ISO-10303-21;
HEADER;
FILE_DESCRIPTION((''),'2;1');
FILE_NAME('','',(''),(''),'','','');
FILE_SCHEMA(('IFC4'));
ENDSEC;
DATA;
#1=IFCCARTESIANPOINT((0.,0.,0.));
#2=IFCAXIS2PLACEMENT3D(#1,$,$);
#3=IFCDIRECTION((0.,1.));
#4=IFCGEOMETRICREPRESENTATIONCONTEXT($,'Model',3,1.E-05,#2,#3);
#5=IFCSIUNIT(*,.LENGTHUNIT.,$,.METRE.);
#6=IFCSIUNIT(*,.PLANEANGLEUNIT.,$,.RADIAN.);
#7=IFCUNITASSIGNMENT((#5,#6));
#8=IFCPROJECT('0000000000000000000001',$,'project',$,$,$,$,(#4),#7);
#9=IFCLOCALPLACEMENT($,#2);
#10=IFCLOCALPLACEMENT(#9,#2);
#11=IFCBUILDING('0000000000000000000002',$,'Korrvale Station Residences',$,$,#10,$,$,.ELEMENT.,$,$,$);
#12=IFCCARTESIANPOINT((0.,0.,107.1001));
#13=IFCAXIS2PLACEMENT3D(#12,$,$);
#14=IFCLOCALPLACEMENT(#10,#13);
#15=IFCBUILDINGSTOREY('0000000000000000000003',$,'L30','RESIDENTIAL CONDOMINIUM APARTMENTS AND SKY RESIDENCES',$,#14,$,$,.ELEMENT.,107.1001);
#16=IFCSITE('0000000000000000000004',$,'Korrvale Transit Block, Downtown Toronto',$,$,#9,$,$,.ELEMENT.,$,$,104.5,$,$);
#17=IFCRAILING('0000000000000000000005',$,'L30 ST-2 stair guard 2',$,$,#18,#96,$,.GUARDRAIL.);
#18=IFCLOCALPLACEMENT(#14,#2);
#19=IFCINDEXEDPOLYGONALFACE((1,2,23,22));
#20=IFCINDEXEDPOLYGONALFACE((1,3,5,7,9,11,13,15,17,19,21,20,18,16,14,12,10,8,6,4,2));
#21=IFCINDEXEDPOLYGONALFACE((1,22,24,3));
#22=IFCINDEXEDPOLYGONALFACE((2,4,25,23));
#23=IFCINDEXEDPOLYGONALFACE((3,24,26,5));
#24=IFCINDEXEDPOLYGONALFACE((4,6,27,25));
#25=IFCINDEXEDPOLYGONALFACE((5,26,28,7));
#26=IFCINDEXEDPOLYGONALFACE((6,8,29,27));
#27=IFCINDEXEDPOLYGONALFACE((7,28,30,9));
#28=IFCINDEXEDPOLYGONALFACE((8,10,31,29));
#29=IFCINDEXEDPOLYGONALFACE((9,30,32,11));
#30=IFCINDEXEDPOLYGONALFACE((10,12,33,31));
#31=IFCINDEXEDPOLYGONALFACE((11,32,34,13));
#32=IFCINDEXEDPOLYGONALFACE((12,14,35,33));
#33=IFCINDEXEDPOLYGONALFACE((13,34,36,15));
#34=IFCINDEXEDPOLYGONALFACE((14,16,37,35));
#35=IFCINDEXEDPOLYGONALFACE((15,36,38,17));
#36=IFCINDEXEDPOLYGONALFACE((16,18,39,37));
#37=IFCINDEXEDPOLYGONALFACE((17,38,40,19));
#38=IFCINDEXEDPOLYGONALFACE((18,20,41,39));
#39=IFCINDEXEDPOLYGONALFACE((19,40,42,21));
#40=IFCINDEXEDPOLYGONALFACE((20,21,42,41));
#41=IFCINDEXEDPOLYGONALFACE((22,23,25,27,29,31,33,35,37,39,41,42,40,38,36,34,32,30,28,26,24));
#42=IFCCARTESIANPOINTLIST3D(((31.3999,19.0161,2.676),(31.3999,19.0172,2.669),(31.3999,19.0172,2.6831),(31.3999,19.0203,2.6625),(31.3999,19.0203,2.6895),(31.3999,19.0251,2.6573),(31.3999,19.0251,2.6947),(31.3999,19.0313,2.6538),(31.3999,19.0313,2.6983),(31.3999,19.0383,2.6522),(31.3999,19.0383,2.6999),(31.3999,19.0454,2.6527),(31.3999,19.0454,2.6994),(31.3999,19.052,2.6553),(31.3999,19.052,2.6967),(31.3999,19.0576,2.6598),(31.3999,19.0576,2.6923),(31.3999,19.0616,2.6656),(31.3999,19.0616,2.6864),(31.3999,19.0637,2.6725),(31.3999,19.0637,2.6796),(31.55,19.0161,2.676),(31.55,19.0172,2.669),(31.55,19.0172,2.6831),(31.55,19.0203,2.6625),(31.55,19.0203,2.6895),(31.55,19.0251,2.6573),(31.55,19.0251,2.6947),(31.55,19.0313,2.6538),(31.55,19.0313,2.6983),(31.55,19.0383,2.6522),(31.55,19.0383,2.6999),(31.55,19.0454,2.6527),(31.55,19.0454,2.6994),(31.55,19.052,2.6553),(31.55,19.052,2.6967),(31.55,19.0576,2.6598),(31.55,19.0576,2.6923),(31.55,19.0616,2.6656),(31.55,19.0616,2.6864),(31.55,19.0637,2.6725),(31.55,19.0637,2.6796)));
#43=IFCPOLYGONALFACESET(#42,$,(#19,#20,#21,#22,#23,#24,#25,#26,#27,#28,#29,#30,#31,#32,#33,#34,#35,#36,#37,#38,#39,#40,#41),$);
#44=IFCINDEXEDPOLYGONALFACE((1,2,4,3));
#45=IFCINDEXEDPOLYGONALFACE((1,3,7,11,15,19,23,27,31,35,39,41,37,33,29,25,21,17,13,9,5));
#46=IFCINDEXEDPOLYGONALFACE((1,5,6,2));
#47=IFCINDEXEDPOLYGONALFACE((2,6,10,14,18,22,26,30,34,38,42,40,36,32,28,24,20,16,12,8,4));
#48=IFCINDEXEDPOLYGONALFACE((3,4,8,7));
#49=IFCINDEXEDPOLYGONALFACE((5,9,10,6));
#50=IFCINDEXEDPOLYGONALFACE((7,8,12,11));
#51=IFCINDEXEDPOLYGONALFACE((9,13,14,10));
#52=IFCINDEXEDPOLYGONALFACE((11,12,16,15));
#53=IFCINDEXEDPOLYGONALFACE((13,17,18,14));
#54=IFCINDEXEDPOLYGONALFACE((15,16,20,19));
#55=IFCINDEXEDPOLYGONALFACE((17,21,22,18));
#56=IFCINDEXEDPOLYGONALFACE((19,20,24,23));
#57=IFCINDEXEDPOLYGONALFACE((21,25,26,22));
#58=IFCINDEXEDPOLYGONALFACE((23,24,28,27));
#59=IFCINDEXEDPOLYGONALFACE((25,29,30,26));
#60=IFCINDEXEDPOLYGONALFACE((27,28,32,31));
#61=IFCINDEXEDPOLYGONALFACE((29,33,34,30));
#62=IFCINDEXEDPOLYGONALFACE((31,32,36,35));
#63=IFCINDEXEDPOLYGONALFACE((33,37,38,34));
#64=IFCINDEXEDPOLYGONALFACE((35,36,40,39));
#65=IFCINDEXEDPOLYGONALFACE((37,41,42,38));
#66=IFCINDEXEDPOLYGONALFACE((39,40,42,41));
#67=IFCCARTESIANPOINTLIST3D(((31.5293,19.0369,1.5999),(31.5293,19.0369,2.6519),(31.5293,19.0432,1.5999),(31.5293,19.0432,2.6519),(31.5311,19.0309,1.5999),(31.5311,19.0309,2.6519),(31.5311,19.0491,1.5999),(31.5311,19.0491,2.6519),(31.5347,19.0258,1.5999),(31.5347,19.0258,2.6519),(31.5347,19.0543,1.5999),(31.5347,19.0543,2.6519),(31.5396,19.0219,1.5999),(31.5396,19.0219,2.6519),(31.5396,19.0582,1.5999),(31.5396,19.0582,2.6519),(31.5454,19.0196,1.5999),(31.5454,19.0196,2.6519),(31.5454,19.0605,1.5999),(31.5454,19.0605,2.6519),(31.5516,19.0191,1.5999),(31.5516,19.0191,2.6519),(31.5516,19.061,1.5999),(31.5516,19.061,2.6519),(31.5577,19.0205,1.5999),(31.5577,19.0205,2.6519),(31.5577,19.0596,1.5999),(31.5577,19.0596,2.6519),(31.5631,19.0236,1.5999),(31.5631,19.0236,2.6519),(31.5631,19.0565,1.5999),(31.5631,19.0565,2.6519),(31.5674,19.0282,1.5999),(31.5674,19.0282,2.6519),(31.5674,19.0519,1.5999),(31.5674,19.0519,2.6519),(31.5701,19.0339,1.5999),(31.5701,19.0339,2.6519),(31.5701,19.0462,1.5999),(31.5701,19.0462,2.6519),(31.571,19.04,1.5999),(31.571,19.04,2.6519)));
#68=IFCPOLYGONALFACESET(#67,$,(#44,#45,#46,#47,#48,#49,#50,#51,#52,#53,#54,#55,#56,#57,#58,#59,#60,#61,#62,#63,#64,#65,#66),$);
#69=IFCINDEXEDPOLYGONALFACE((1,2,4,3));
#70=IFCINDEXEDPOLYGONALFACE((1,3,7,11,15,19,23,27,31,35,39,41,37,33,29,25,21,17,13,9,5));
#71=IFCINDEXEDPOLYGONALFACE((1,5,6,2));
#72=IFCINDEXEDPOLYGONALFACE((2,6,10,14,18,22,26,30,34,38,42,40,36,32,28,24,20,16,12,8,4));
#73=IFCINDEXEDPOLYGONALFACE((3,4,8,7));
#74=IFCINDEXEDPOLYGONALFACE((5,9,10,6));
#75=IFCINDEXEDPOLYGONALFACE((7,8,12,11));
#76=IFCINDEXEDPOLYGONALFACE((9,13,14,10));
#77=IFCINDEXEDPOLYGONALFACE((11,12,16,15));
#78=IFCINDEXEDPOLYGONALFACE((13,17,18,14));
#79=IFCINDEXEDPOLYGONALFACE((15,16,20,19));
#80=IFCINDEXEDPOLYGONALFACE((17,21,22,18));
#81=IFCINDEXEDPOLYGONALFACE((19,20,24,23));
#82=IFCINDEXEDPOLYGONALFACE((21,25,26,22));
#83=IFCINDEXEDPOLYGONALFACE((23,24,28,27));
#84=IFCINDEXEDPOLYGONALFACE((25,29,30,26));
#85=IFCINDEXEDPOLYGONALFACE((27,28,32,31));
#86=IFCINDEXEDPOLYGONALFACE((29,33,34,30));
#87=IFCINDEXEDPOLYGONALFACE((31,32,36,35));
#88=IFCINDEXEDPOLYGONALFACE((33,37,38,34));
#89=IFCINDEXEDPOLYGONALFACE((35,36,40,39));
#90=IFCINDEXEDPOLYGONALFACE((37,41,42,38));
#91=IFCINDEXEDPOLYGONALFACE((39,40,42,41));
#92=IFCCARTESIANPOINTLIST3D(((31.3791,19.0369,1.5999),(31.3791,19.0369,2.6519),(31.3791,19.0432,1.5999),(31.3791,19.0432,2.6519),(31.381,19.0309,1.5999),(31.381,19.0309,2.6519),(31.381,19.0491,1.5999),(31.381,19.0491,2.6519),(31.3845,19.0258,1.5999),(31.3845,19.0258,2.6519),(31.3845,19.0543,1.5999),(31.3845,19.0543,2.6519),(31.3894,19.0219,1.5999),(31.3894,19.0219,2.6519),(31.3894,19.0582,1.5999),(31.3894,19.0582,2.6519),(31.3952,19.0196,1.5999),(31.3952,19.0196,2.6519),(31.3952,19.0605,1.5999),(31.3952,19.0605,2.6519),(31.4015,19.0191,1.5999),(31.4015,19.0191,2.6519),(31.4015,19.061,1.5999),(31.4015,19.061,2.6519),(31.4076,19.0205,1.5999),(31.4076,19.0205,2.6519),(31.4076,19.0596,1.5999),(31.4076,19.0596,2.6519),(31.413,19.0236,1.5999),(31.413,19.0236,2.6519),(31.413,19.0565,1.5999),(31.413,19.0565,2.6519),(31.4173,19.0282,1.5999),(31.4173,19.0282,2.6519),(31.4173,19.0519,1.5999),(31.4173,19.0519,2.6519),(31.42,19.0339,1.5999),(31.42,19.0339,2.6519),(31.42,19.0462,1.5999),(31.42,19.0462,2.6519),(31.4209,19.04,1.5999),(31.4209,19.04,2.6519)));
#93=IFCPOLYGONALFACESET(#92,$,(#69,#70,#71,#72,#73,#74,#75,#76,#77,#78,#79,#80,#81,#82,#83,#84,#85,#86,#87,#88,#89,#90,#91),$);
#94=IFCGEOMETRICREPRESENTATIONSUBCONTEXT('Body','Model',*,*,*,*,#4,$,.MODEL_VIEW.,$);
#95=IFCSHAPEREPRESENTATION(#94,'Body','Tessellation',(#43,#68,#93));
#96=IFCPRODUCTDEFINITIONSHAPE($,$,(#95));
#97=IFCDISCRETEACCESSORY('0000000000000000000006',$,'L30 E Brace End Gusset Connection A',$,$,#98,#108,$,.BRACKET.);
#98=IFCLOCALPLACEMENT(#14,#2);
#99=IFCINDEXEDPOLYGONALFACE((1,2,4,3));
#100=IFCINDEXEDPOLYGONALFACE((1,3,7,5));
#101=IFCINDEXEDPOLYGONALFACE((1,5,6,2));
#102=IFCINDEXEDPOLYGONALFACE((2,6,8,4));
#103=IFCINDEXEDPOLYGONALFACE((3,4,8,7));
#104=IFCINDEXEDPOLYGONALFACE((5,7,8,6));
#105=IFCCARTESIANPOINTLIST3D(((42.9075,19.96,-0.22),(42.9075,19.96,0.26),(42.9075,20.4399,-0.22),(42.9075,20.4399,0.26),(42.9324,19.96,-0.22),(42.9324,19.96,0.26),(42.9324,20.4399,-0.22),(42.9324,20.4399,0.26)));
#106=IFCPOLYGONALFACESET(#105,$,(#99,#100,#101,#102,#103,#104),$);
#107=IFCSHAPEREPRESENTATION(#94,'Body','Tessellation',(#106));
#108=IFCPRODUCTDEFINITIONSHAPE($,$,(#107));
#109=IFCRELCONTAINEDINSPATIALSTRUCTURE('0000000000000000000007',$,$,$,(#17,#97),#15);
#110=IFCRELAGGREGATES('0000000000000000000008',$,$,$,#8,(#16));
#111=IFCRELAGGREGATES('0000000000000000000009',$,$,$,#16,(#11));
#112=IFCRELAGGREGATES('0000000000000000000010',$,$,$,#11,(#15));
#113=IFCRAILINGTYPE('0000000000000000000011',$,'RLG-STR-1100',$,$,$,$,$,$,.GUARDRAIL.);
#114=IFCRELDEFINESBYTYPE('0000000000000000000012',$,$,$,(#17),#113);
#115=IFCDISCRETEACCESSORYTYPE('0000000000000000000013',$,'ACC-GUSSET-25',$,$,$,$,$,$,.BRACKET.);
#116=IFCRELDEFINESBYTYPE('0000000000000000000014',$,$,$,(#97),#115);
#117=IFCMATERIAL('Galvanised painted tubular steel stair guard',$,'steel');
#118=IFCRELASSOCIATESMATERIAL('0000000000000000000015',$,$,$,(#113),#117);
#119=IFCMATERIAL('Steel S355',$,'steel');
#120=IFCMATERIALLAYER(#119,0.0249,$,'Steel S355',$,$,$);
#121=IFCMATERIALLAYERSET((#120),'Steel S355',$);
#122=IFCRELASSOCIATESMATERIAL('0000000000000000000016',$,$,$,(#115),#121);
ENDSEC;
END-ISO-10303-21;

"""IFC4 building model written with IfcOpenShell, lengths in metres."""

from ifc_helpers import new_model, si_unit, direction, frame, origin, origin_2d, place, context, subcontext, project, spatial, rectangle, circle, extrude, material, layer, layer_set, type_object, element, save


model = new_model("IFC4")

# Units and contexts
model_context = context("Model", 3, precision=1e-05, world=origin(), true_north=direction((0.0, 1.0)))
body_context = subcontext(model_context, "Body", "Model", "MODEL_VIEW")
ifc_project = project(units=[si_unit("LENGTHUNIT", "METRE"), si_unit("PLANEANGLEUNIT", "RADIAN")], contexts=[model_context])

# Site, building, storey
site_placement = place(None, origin())
site = spatial("IfcSite", under=ifc_project, at=site_placement, Name="Korrvale Transit Block, Downtown Toronto", CompositionType="ELEMENT", RefElevation=104.5)
building_placement = place(site_placement, origin())
building = spatial("IfcBuilding", under=site, at=building_placement, Name="Korrvale Station Residences", CompositionType="ELEMENT")
storey_placement = place(building_placement, frame((0.0, 0.0, 107.1001)))
storey = spatial("IfcBuildingStorey", under=building, at=storey_placement, Name="L30", Description="RESIDENTIAL CONDOMINIUM APARTMENTS AND SKY RESIDENCES", CompositionType="ELEMENT", Elevation=107.1001)

# Shared definitions
ifc_material_1 = material(Name="Steel S355", Category="steel")

# Railing
ifc_material_2 = material(Name="Galvanised painted tubular steel stair guard", Category="steel")
railing_type_1 = type_object("IfcRailingType", Name="RLG-STR-1100", PredefinedType="GUARDRAIL", material=ifc_material_2)
railing_1_placement = place(storey_placement, frame((31.55, 19.04, 1.5999)))
element("IfcRailing", 1, at=railing_1_placement, inside=storey, type_object=railing_type_1, Name="L30 ST-2 stair guard 2", PredefinedType="GUARDRAIL", context=body_context, shape_type="SweptSolid", body=[
    extrude(circle(Radius=0.0239, at=origin_2d()), frame((0.0, 0.0, 1.0762), z_axis=(-1.0, 0.0, 0.0), x_axis=(0.0, -1.0, 0.0)), (0.0, 0.0, 1.0), 0.1501),
    extrude(circle(Radius=0.021, at=origin_2d()), origin(), (0.0, 0.0, 1.0), 1.052),
    extrude(circle(Radius=0.021, at=origin_2d()), frame((-0.1501, 0.0, 0.0)), (0.0, 0.0, 1.0), 1.052),
])

# Discrete accessory
ifc_layer_1 = layer(ifc_material_1, 0.0249, Name="Steel S355")
ifc_layer_set_1 = layer_set([ifc_layer_1], Name="Steel S355")
discrete_accessory_type = type_object("IfcDiscreteAccessoryType", Name="ACC-GUSSET-25", PredefinedType="BRACKET", material=ifc_layer_set_1)
discrete_accessory_placement = place(storey_placement, frame((42.9199, 20.2, -0.22), z_axis=(0.0, 0.0, 1.0), x_axis=(0.0, 1.0, 0.0)))
element("IfcDiscreteAccessory", 2, at=discrete_accessory_placement, inside=storey, type_object=discrete_accessory_type, Name="L30 E Brace End Gusset Connection A", PredefinedType="BRACKET", context=body_context, shape_type="SweptSolid", body=[
    extrude(rectangle(XDim=0.48, YDim=0.0249, at=origin_2d()), origin(), (0.0, 0.0, 1.0), 0.48),
])

save(model, "model.ifc")
